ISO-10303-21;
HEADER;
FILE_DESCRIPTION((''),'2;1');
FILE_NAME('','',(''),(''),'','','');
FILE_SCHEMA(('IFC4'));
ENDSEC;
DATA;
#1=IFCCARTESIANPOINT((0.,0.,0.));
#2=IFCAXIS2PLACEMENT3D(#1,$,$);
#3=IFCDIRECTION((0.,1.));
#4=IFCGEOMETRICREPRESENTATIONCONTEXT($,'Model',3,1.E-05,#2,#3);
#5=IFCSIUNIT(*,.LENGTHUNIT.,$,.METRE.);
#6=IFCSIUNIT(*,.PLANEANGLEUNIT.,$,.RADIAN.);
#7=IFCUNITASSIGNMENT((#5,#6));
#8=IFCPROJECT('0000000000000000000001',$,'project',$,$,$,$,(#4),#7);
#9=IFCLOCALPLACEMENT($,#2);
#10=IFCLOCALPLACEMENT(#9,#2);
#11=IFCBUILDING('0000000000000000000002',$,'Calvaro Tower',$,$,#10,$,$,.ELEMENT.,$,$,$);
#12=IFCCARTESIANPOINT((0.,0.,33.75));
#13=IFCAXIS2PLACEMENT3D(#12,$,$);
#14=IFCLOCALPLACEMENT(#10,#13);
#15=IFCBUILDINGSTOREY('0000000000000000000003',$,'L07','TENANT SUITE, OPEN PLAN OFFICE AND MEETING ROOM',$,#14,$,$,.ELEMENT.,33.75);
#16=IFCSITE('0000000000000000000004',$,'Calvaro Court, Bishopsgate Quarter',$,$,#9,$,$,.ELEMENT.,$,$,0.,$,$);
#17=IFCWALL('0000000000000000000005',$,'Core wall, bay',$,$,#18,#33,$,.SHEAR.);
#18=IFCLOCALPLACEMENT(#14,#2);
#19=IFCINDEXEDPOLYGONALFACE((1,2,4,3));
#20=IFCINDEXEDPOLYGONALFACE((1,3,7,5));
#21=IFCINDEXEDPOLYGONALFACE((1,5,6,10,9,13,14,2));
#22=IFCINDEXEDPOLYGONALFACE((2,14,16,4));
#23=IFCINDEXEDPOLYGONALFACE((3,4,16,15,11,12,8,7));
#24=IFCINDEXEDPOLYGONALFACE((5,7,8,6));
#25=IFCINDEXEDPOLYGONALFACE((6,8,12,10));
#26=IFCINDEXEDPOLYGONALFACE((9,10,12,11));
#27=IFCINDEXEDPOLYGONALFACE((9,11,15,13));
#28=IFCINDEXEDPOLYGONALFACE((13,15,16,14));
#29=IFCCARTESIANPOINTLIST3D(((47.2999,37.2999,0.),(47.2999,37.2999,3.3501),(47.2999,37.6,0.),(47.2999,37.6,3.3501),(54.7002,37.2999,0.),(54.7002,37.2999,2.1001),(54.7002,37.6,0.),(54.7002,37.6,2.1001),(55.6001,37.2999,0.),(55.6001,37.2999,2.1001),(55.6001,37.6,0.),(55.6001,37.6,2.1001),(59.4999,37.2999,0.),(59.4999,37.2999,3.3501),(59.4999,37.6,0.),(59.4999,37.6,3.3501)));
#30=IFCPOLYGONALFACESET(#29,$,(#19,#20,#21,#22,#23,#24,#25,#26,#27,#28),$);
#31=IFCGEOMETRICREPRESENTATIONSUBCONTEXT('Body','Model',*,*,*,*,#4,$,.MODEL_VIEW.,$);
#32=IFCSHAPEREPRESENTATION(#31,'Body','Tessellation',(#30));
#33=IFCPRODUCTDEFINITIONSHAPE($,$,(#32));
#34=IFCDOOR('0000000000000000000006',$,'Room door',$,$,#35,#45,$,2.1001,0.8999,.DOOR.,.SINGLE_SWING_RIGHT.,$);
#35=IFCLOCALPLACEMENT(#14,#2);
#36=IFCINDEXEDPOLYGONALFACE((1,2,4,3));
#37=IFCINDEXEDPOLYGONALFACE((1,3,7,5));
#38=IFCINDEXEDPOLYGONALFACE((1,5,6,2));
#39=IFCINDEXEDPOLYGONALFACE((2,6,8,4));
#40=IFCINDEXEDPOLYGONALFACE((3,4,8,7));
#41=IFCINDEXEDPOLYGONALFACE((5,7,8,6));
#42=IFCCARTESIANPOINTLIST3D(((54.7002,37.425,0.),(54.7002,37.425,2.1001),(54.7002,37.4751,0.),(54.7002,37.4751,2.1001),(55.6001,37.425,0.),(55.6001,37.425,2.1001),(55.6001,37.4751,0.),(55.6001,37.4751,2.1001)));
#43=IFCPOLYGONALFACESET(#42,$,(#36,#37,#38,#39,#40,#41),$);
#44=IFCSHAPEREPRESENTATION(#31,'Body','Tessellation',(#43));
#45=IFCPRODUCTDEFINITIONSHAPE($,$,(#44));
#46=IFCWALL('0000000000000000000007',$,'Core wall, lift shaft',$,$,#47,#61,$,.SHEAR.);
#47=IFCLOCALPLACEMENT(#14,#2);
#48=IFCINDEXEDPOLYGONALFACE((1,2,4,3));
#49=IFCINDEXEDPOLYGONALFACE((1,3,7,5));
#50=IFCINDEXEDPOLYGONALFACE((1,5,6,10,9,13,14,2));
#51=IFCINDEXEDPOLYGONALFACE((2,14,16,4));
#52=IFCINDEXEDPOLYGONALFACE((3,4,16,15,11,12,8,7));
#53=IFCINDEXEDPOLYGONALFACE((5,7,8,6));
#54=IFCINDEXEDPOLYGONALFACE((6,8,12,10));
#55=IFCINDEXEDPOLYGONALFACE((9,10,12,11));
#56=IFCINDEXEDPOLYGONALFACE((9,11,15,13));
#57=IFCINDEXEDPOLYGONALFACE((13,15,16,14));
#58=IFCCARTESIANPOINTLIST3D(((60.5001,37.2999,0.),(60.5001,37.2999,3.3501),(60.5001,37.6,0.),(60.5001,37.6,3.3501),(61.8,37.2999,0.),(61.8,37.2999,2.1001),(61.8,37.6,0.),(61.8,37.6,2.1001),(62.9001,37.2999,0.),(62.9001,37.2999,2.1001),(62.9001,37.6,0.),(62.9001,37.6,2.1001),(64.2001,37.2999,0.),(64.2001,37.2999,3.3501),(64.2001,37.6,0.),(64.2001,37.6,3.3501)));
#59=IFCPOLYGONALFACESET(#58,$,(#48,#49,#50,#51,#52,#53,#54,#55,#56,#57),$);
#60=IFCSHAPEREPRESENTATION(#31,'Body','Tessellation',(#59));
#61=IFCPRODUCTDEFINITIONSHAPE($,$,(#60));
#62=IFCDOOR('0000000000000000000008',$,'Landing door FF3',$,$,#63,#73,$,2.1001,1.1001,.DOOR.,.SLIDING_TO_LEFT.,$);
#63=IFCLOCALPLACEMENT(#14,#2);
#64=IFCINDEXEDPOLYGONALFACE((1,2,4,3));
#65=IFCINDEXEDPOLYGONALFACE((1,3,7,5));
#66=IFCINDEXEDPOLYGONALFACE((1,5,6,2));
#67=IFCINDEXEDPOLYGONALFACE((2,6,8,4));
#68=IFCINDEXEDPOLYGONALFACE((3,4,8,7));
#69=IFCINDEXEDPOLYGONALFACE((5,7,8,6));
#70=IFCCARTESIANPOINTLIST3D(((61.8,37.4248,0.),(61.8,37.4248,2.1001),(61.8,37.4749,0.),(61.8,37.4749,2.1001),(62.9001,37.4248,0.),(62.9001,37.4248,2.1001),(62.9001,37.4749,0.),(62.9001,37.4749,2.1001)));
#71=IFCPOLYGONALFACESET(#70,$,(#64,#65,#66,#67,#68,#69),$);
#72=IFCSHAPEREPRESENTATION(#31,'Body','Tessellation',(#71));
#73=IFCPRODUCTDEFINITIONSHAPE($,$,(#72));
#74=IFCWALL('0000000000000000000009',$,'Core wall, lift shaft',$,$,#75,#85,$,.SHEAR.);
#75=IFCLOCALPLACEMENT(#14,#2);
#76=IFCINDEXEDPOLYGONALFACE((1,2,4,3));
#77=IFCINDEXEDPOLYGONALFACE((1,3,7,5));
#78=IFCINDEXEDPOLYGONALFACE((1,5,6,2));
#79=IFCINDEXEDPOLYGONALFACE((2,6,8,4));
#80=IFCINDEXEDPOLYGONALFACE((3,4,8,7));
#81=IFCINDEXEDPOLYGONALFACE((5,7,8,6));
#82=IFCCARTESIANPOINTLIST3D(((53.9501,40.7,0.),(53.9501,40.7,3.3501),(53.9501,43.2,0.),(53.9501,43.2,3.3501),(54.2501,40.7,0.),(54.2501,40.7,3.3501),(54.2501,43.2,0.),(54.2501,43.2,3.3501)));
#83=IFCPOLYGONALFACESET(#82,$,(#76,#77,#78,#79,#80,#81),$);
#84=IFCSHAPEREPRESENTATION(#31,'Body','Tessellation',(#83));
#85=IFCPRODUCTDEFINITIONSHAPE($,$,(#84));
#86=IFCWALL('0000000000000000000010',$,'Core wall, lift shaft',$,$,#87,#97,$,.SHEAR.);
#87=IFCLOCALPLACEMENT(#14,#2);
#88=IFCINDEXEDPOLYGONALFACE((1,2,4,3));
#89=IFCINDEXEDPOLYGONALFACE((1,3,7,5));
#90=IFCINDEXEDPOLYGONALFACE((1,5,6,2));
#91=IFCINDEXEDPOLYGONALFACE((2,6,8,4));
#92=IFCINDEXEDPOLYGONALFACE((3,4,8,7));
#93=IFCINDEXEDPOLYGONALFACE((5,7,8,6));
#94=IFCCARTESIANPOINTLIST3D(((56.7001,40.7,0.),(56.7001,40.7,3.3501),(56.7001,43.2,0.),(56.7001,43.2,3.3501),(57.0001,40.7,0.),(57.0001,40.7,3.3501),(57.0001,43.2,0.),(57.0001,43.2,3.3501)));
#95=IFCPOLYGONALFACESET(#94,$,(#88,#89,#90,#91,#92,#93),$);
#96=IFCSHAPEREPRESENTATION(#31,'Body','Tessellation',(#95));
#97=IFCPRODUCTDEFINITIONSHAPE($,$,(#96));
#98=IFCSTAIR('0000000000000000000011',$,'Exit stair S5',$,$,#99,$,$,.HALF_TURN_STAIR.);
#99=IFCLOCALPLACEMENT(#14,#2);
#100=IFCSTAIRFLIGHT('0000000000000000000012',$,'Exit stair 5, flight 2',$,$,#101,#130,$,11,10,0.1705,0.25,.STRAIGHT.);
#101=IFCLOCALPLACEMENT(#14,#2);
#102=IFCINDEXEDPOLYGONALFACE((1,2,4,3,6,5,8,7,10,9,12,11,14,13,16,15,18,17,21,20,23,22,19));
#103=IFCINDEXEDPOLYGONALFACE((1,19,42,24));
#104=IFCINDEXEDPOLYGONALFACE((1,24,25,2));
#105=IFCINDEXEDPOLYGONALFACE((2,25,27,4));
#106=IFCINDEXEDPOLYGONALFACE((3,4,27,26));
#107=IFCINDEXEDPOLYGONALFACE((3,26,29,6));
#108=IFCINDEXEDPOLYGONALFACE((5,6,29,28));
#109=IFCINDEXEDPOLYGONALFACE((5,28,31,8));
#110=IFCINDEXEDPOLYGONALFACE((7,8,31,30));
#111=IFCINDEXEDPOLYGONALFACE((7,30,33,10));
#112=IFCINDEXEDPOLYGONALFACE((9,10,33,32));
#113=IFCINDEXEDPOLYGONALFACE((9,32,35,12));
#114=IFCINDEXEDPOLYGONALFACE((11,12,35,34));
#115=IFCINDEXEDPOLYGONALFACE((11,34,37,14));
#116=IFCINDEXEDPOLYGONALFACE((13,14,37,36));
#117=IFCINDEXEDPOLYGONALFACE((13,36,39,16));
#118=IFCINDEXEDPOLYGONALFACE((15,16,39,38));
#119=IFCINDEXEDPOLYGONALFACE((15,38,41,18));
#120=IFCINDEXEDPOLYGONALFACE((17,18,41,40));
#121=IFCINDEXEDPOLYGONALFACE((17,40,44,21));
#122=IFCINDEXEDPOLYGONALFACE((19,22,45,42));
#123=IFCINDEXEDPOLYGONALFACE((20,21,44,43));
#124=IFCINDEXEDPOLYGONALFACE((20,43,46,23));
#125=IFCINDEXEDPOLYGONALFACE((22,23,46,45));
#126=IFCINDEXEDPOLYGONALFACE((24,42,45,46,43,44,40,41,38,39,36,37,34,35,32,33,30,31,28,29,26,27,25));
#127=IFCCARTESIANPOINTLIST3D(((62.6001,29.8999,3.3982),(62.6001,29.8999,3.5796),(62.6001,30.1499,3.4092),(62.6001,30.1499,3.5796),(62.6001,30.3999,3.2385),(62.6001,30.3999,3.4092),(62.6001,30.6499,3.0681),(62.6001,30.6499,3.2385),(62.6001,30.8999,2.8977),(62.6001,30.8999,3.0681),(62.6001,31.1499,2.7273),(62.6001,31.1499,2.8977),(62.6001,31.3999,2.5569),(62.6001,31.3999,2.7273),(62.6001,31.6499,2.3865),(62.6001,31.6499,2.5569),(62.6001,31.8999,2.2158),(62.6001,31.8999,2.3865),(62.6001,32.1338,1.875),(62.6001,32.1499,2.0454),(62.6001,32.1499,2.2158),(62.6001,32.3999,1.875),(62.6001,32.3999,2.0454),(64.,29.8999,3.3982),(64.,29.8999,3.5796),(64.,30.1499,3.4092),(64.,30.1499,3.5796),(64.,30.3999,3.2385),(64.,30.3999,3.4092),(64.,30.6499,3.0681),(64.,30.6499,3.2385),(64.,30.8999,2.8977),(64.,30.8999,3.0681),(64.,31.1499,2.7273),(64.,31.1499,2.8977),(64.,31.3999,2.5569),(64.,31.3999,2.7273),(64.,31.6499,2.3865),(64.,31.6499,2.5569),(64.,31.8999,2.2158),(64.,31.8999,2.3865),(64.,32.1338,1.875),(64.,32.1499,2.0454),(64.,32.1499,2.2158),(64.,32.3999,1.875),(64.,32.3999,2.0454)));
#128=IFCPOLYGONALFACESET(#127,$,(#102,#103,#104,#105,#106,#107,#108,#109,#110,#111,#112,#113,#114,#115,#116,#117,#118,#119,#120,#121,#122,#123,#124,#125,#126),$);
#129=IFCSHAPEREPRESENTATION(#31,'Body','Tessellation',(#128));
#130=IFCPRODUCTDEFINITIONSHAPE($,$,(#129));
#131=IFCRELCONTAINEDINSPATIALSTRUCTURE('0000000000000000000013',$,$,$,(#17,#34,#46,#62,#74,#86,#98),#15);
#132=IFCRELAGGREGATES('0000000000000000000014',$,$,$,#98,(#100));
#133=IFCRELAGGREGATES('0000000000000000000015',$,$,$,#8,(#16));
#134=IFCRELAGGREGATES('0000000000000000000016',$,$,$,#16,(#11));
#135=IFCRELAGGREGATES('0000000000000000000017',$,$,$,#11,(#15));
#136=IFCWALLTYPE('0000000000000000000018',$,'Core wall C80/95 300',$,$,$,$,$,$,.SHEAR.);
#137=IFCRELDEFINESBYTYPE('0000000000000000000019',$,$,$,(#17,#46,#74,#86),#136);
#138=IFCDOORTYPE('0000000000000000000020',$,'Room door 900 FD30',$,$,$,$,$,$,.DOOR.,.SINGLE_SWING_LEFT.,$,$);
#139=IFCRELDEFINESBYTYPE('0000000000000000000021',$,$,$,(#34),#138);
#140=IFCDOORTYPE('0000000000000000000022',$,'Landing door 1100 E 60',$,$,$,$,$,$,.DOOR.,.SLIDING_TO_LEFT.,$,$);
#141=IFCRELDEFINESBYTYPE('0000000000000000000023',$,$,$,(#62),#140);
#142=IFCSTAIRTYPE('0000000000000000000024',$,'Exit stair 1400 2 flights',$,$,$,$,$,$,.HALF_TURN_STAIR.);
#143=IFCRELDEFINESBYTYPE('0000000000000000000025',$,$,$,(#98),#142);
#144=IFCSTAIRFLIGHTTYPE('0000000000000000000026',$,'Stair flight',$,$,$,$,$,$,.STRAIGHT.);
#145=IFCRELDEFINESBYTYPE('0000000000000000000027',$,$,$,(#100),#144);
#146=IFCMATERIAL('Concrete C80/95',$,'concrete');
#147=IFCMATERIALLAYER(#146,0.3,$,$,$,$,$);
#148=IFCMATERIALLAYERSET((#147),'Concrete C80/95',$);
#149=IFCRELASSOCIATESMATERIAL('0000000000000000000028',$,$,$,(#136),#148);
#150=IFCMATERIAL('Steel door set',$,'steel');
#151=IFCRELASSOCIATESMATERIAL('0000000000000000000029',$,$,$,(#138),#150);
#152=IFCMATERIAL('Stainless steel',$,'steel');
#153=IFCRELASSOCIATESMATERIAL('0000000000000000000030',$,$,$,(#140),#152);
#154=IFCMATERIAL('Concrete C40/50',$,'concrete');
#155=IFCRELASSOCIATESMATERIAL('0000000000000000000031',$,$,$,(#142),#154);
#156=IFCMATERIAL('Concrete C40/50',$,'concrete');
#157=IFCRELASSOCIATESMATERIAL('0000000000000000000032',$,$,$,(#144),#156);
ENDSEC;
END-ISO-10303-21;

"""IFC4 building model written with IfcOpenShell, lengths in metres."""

from ifc_helpers import new_model, si_unit, direction, frame, frame_2d, origin, place, context, subcontext, project, spatial, polyline, rectangle, outline, extrude, material, layer, layer_set, type_object, element, fill, aggregate, save


model = new_model("IFC4")

# Units and contexts
model_context = context("Model", 3, precision=1e-05, world=origin(), true_north=direction((0.0, 1.0)))
body_context = subcontext(model_context, "Body", "Model", "MODEL_VIEW")
ifc_project = project(units=[si_unit("LENGTHUNIT", "METRE"), si_unit("PLANEANGLEUNIT", "RADIAN")], contexts=[model_context])

# Site, building, storey
site_placement = place(None, origin())
site = spatial("IfcSite", under=ifc_project, at=site_placement, Name="Calvaro Court, Bishopsgate Quarter", CompositionType="ELEMENT", RefElevation=0.0)
building_placement = place(site_placement, origin())
building = spatial("IfcBuilding", under=site, at=building_placement, Name="Calvaro Tower", CompositionType="ELEMENT")
storey_placement = place(building_placement, frame((0.0, 0.0, 33.75)))
storey = spatial("IfcBuildingStorey", under=building, at=storey_placement, Name="L07", Description="TENANT SUITE, OPEN PLAN OFFICE AND MEETING ROOM", CompositionType="ELEMENT", Elevation=33.75)

# Shared definitions
ifc_material_1 = material(Name="Concrete C80/95", Category="concrete")
ifc_layer_1 = layer(ifc_material_1, 0.3)
ifc_layer_set_1 = layer_set([ifc_layer_1], Name="Concrete C80/95")
wall_type_1 = type_object("IfcWallType", Name="Core wall C80/95 300", PredefinedType="SHEAR", material=ifc_layer_set_1)

# Walls, openings, doors
wall_1_placement = place(storey_placement, frame((59.5, 37.45, 0.0), z_axis=(0.0, 0.0, 1.0), x_axis=(-1.0, 0.0, 0.0)))
wall_1 = element("IfcWall", 1, at=wall_1_placement, inside=storey, type_object=wall_type_1, Name="Core wall, bay", PredefinedType="SHEAR", context=body_context, shape_type="SweptSolid", body=[
    extrude(rectangle(XDim=12.2, YDim=0.3, at=frame_2d((6.1001, 0.0))), origin(), (0.0, 0.0, 1.0), 3.3501),
])
opening_1_placement = place(wall_1_placement, frame((3.8999, 0.0, 0.0)))
opening_1 = element("IfcOpeningElement", 2, at=opening_1_placement, cuts=wall_1, PredefinedType="OPENING", context=body_context, shape_type="SweptSolid", body=[
    extrude(rectangle(XDim=0.8999, YDim=2.1001, at=frame_2d((0.45, 1.05))), frame((0.0, 0.1599, 0.0), z_axis=(0.0, -1.0, 0.0), x_axis=(1.0, 0.0, 0.0)), (0.0, 0.0, 1.0), 0.3201),
])
ifc_material_2 = material(Name="Steel door set", Category="steel")
door_type_1 = type_object("IfcDoorType", Name="Room door 900 FD30", OperationType="SINGLE_SWING_LEFT", PredefinedType="DOOR", material=ifc_material_2)
door_1_placement = place(opening_1_placement, origin())
door_1 = element("IfcDoor", 3, at=door_1_placement, inside=storey, type_object=door_type_1, Name="Room door", OperationType="SINGLE_SWING_RIGHT", OverallHeight=2.1001, OverallWidth=0.8999, PredefinedType="DOOR", context=body_context, shape_type="SweptSolid", body=[
    extrude(rectangle(XDim=0.8999, YDim=2.1001, at=frame_2d((0.45, 1.05))), frame((0.0, 0.0249, 0.0), z_axis=(0.0, -1.0, 0.0), x_axis=(1.0, 0.0, 0.0)), (0.0, 0.0, 1.0), 0.05),
])
fill(opening_1, door_1)
wall_2_placement = place(storey_placement, frame((60.5, 37.45, 0.0), z_axis=(0.0, 0.0, 1.0), x_axis=(1.0, 0.0, 0.0)))
wall_2 = element("IfcWall", 4, at=wall_2_placement, inside=storey, type_object=wall_type_1, Name="Core wall, lift shaft", PredefinedType="SHEAR", context=body_context, shape_type="SweptSolid", body=[
    extrude(rectangle(XDim=3.7, YDim=0.3, at=frame_2d((1.8501, 0.0))), origin(), (0.0, 0.0, 1.0), 3.3501),
])
opening_2_placement = place(wall_2_placement, frame((1.3, 0.0, 0.0)))
opening_2 = element("IfcOpeningElement", 5, at=opening_2_placement, cuts=wall_2, PredefinedType="OPENING", context=body_context, shape_type="SweptSolid", body=[
    extrude(rectangle(XDim=1.1001, YDim=2.1001, at=frame_2d((0.55, 1.05))), frame((0.0, 0.1599, 0.0), z_axis=(0.0, -1.0, 0.0), x_axis=(1.0, 0.0, 0.0)), (0.0, 0.0, 1.0), 0.3201),
])
ifc_material_3 = material(Name="Stainless steel", Category="steel")
door_type_2 = type_object("IfcDoorType", Name="Landing door 1100 E 60", OperationType="SLIDING_TO_LEFT", PredefinedType="DOOR", material=ifc_material_3)
door_2_placement = place(opening_2_placement, origin())
door_2 = element("IfcDoor", 6, at=door_2_placement, inside=storey, type_object=door_type_2, Name="Landing door FF3", OperationType="SLIDING_TO_LEFT", OverallHeight=2.1001, OverallWidth=1.1001, PredefinedType="DOOR", context=body_context, shape_type="SweptSolid", body=[
    extrude(rectangle(XDim=1.1001, YDim=2.1001, at=frame_2d((0.55, 1.05))), frame((0.0, 0.0249, 0.0), z_axis=(0.0, -1.0, 0.0), x_axis=(1.0, 0.0, 0.0)), (0.0, 0.0, 1.0), 0.05),
])
fill(opening_2, door_2)

# Walls
for number, where, z_axis, x_axis, name in (
    (7, (54.1001, 40.7, 0.0), (0.0, 0.0, 1.0), (0.0, 1.0, 0.0), "Core wall, lift shaft"),
    (8, (56.8501, 40.7, 0.0), (0.0, 0.0, 1.0), (0.0, 1.0, 0.0), "Core wall, lift shaft"),
):
    element("IfcWall", number, at=place(storey_placement, frame(where, z_axis=z_axis, x_axis=x_axis)), inside=storey, type_object=wall_type_1, Name=name, PredefinedType="SHEAR", context=body_context, shape_type="SweptSolid", body=[
        extrude(rectangle(XDim=2.5, YDim=0.3, at=frame_2d((1.25, 0.0))), origin(), (0.0, 0.0, 1.0), 3.3501),
    ])

# Stair, stair flight
ifc_material_4 = material(Name="Concrete C40/50", Category="concrete")
stair_type = type_object("IfcStairType", Name="Exit stair 1400 2 flights", PredefinedType="HALF_TURN_STAIR", material=ifc_material_4)
stair_1_placement = place(storey_placement, origin())
stair_1 = element("IfcStair", 9, at=stair_1_placement, inside=storey, type_object=stair_type, Name="Exit stair S5", PredefinedType="HALF_TURN_STAIR")
ifc_material_5 = material(Name="Concrete C40/50", Category="concrete")
stair_flight_type = type_object("IfcStairFlightType", Name="Stair flight", PredefinedType="STRAIGHT", material=ifc_material_5)
stair_flight_placement = place(storey_placement, frame((63.3, 32.3999, 1.875), z_axis=(0.0, 0.0, 1.0), x_axis=(0.0, -1.0, 0.0)))
stair_flight = element("IfcStairFlight", 10, at=stair_flight_placement, type_object=stair_flight_type, Name="Exit stair 5, flight 2", NumberOfRisers=11, NumberOfTreads=10, PredefinedType="STRAIGHT", RiserHeight=0.1705, TreadLength=0.25, context=body_context, shape_type="SweptSolid", body=[
    extrude(outline(polyline([(0.0, 0.0), (0.0, 0.1704), (0.25, 0.1704), (0.25, 0.3408), (0.5, 0.3408), (0.5, 0.5115), (0.75, 0.5115), (0.75, 0.6819), (1.0, 0.6819), (1.0, 0.8523), (1.25, 0.8523), (1.25, 1.0227), (1.5, 1.0227), (1.5, 1.1931), (1.75, 1.1931), (1.75, 1.3635), (2.0, 1.3635), (2.0, 1.5342), (2.25, 1.5342), (2.25, 1.7046), (2.5, 1.7046), (2.5, 1.875), (2.5, 1.5232), (0.2661, 0.0), (0.0, 0.0)])), frame((0.0, 0.7, 0.0), z_axis=(0.0, -1.0, 0.0), x_axis=(1.0, 0.0, 0.0)), (0.0, 0.0, 1.0), 1.3999),
])

aggregate(stair_1, [stair_flight])

save(model, "model.ifc")
